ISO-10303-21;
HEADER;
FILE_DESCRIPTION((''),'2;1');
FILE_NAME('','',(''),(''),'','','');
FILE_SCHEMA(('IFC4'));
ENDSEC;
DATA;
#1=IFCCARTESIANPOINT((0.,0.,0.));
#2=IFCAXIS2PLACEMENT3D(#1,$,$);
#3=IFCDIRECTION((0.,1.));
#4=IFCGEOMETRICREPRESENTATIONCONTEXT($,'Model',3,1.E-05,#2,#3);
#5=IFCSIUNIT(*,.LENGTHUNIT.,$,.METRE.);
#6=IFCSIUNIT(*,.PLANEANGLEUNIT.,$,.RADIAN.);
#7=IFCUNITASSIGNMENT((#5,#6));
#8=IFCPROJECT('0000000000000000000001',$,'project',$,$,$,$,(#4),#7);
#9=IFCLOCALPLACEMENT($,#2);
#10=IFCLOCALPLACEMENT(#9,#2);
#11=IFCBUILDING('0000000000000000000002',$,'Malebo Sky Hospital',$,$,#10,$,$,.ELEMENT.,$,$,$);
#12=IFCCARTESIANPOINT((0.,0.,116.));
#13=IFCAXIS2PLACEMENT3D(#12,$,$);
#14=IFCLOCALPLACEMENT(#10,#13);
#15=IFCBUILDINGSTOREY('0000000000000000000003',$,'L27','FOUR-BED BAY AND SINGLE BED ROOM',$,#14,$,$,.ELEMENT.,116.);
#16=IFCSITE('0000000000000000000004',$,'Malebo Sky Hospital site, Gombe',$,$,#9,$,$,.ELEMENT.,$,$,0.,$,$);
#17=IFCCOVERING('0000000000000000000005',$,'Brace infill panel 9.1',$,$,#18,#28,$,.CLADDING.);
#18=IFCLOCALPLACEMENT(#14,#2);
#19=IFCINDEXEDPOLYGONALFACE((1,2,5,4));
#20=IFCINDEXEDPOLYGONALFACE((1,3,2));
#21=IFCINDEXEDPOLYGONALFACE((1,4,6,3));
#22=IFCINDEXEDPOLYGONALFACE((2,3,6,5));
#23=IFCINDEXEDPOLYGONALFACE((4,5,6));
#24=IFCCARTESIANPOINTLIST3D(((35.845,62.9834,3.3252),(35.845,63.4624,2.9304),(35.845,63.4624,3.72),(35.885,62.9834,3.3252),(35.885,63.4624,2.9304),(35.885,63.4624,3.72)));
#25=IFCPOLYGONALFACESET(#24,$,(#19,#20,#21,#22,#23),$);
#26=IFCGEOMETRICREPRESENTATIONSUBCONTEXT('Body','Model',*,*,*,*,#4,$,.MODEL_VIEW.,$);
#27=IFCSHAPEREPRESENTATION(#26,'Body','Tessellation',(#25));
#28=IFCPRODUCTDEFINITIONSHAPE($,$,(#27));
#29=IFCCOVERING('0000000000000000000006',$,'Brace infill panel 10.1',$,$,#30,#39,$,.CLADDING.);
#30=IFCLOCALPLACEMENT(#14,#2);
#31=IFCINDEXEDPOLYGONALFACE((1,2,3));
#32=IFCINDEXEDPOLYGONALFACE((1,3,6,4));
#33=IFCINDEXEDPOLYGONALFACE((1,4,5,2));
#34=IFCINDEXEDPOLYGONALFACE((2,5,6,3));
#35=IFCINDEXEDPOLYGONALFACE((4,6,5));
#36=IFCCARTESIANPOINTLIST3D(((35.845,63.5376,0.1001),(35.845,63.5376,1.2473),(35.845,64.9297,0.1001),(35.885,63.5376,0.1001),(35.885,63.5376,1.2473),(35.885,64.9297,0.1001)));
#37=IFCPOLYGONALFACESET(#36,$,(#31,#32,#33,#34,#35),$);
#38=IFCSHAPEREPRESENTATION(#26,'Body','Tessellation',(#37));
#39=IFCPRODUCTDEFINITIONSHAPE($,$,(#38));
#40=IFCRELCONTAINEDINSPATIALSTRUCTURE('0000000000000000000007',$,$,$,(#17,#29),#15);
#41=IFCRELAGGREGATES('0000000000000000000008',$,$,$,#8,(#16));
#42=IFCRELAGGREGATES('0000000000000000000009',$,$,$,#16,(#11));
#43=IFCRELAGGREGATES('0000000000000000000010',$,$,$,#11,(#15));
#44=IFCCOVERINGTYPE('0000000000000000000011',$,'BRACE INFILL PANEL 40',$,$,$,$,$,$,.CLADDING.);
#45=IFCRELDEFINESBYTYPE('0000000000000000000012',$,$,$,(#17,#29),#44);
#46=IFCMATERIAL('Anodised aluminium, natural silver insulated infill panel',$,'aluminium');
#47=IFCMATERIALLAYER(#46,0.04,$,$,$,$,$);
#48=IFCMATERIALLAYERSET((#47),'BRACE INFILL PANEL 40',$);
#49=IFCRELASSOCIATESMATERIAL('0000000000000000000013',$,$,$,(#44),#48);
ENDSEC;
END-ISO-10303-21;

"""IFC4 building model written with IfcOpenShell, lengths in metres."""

from ifc_helpers import new_model, si_unit, direction, frame, origin, place, context, subcontext, project, spatial, polyline, outline, extrude, material, layer, layer_set, type_object, element, save


model = new_model("IFC4")

# Units and contexts
model_context = context("Model", 3, precision=1e-05, world=origin(), true_north=direction((0.0, 1.0)))
body_context = subcontext(model_context, "Body", "Model", "MODEL_VIEW")
ifc_project = project(units=[si_unit("LENGTHUNIT", "METRE"), si_unit("PLANEANGLEUNIT", "RADIAN")], contexts=[model_context])

# Site, building, storey
site_placement = place(None, origin())
site = spatial("IfcSite", under=ifc_project, at=site_placement, Name="Malebo Sky Hospital site, Gombe", CompositionType="ELEMENT", RefElevation=0.0)
building_placement = place(site_placement, origin())
building = spatial("IfcBuilding", under=site, at=building_placement, Name="Malebo Sky Hospital", CompositionType="ELEMENT")
storey_placement = place(building_placement, frame((0.0, 0.0, 116.0)))
storey = spatial("IfcBuildingStorey", under=building, at=storey_placement, Name="L27", Description="FOUR-BED BAY AND SINGLE BED ROOM", CompositionType="ELEMENT", Elevation=116.0)

# Coverings
ifc_material_1 = material(Name="Anodised aluminium, natural silver insulated infill panel", Category="aluminium")
ifc_layer_1 = layer(ifc_material_1, 0.04)
ifc_layer_set_1 = layer_set([ifc_layer_1], Name="BRACE INFILL PANEL 40")
covering_type = type_object("IfcCoveringType", Name="BRACE INFILL PANEL 40", PredefinedType="CLADDING", material=ifc_layer_set_1)
covering_1_placement = place(storey_placement, frame((35.865, 63.2229, 2.9304), z_axis=(0.0, 0.0, 1.0), x_axis=(0.0, 1.0, 0.0)))
element("IfcCovering", 1, at=covering_1_placement, inside=storey, type_object=covering_type, Name="Brace infill panel 9.1", PredefinedType="CLADDING", context=body_context, shape_type="SweptSolid", body=[
    extrude(outline(polyline([(0.2395, 0.0), (0.2395, 0.7896), (-0.2395, 0.3948), (0.2395, 0.0)])), frame((0.0, 0.02, 0.0), z_axis=(0.0, -1.0, 0.0), x_axis=(1.0, 0.0, 0.0)), (0.0, 0.0, 1.0), 0.04),
])
covering_2_placement = place(storey_placement, frame((35.865, 64.2336, 0.1001), z_axis=(0.0, 0.0, 1.0), x_axis=(0.0, 1.0, 0.0)))
element("IfcCovering", 2, at=covering_2_placement, inside=storey, type_object=covering_type, Name="Brace infill panel 10.1", PredefinedType="CLADDING", context=body_context, shape_type="SweptSolid", body=[
    extrude(outline(polyline([(-0.696, 0.0), (0.696, 0.0), (-0.696, 1.1472), (-0.696, 0.0)])), frame((0.0, 0.02, 0.0), z_axis=(0.0, -1.0, 0.0), x_axis=(1.0, 0.0, 0.0)), (0.0, 0.0, 1.0), 0.04),
])

save(model, "model.ifc")
